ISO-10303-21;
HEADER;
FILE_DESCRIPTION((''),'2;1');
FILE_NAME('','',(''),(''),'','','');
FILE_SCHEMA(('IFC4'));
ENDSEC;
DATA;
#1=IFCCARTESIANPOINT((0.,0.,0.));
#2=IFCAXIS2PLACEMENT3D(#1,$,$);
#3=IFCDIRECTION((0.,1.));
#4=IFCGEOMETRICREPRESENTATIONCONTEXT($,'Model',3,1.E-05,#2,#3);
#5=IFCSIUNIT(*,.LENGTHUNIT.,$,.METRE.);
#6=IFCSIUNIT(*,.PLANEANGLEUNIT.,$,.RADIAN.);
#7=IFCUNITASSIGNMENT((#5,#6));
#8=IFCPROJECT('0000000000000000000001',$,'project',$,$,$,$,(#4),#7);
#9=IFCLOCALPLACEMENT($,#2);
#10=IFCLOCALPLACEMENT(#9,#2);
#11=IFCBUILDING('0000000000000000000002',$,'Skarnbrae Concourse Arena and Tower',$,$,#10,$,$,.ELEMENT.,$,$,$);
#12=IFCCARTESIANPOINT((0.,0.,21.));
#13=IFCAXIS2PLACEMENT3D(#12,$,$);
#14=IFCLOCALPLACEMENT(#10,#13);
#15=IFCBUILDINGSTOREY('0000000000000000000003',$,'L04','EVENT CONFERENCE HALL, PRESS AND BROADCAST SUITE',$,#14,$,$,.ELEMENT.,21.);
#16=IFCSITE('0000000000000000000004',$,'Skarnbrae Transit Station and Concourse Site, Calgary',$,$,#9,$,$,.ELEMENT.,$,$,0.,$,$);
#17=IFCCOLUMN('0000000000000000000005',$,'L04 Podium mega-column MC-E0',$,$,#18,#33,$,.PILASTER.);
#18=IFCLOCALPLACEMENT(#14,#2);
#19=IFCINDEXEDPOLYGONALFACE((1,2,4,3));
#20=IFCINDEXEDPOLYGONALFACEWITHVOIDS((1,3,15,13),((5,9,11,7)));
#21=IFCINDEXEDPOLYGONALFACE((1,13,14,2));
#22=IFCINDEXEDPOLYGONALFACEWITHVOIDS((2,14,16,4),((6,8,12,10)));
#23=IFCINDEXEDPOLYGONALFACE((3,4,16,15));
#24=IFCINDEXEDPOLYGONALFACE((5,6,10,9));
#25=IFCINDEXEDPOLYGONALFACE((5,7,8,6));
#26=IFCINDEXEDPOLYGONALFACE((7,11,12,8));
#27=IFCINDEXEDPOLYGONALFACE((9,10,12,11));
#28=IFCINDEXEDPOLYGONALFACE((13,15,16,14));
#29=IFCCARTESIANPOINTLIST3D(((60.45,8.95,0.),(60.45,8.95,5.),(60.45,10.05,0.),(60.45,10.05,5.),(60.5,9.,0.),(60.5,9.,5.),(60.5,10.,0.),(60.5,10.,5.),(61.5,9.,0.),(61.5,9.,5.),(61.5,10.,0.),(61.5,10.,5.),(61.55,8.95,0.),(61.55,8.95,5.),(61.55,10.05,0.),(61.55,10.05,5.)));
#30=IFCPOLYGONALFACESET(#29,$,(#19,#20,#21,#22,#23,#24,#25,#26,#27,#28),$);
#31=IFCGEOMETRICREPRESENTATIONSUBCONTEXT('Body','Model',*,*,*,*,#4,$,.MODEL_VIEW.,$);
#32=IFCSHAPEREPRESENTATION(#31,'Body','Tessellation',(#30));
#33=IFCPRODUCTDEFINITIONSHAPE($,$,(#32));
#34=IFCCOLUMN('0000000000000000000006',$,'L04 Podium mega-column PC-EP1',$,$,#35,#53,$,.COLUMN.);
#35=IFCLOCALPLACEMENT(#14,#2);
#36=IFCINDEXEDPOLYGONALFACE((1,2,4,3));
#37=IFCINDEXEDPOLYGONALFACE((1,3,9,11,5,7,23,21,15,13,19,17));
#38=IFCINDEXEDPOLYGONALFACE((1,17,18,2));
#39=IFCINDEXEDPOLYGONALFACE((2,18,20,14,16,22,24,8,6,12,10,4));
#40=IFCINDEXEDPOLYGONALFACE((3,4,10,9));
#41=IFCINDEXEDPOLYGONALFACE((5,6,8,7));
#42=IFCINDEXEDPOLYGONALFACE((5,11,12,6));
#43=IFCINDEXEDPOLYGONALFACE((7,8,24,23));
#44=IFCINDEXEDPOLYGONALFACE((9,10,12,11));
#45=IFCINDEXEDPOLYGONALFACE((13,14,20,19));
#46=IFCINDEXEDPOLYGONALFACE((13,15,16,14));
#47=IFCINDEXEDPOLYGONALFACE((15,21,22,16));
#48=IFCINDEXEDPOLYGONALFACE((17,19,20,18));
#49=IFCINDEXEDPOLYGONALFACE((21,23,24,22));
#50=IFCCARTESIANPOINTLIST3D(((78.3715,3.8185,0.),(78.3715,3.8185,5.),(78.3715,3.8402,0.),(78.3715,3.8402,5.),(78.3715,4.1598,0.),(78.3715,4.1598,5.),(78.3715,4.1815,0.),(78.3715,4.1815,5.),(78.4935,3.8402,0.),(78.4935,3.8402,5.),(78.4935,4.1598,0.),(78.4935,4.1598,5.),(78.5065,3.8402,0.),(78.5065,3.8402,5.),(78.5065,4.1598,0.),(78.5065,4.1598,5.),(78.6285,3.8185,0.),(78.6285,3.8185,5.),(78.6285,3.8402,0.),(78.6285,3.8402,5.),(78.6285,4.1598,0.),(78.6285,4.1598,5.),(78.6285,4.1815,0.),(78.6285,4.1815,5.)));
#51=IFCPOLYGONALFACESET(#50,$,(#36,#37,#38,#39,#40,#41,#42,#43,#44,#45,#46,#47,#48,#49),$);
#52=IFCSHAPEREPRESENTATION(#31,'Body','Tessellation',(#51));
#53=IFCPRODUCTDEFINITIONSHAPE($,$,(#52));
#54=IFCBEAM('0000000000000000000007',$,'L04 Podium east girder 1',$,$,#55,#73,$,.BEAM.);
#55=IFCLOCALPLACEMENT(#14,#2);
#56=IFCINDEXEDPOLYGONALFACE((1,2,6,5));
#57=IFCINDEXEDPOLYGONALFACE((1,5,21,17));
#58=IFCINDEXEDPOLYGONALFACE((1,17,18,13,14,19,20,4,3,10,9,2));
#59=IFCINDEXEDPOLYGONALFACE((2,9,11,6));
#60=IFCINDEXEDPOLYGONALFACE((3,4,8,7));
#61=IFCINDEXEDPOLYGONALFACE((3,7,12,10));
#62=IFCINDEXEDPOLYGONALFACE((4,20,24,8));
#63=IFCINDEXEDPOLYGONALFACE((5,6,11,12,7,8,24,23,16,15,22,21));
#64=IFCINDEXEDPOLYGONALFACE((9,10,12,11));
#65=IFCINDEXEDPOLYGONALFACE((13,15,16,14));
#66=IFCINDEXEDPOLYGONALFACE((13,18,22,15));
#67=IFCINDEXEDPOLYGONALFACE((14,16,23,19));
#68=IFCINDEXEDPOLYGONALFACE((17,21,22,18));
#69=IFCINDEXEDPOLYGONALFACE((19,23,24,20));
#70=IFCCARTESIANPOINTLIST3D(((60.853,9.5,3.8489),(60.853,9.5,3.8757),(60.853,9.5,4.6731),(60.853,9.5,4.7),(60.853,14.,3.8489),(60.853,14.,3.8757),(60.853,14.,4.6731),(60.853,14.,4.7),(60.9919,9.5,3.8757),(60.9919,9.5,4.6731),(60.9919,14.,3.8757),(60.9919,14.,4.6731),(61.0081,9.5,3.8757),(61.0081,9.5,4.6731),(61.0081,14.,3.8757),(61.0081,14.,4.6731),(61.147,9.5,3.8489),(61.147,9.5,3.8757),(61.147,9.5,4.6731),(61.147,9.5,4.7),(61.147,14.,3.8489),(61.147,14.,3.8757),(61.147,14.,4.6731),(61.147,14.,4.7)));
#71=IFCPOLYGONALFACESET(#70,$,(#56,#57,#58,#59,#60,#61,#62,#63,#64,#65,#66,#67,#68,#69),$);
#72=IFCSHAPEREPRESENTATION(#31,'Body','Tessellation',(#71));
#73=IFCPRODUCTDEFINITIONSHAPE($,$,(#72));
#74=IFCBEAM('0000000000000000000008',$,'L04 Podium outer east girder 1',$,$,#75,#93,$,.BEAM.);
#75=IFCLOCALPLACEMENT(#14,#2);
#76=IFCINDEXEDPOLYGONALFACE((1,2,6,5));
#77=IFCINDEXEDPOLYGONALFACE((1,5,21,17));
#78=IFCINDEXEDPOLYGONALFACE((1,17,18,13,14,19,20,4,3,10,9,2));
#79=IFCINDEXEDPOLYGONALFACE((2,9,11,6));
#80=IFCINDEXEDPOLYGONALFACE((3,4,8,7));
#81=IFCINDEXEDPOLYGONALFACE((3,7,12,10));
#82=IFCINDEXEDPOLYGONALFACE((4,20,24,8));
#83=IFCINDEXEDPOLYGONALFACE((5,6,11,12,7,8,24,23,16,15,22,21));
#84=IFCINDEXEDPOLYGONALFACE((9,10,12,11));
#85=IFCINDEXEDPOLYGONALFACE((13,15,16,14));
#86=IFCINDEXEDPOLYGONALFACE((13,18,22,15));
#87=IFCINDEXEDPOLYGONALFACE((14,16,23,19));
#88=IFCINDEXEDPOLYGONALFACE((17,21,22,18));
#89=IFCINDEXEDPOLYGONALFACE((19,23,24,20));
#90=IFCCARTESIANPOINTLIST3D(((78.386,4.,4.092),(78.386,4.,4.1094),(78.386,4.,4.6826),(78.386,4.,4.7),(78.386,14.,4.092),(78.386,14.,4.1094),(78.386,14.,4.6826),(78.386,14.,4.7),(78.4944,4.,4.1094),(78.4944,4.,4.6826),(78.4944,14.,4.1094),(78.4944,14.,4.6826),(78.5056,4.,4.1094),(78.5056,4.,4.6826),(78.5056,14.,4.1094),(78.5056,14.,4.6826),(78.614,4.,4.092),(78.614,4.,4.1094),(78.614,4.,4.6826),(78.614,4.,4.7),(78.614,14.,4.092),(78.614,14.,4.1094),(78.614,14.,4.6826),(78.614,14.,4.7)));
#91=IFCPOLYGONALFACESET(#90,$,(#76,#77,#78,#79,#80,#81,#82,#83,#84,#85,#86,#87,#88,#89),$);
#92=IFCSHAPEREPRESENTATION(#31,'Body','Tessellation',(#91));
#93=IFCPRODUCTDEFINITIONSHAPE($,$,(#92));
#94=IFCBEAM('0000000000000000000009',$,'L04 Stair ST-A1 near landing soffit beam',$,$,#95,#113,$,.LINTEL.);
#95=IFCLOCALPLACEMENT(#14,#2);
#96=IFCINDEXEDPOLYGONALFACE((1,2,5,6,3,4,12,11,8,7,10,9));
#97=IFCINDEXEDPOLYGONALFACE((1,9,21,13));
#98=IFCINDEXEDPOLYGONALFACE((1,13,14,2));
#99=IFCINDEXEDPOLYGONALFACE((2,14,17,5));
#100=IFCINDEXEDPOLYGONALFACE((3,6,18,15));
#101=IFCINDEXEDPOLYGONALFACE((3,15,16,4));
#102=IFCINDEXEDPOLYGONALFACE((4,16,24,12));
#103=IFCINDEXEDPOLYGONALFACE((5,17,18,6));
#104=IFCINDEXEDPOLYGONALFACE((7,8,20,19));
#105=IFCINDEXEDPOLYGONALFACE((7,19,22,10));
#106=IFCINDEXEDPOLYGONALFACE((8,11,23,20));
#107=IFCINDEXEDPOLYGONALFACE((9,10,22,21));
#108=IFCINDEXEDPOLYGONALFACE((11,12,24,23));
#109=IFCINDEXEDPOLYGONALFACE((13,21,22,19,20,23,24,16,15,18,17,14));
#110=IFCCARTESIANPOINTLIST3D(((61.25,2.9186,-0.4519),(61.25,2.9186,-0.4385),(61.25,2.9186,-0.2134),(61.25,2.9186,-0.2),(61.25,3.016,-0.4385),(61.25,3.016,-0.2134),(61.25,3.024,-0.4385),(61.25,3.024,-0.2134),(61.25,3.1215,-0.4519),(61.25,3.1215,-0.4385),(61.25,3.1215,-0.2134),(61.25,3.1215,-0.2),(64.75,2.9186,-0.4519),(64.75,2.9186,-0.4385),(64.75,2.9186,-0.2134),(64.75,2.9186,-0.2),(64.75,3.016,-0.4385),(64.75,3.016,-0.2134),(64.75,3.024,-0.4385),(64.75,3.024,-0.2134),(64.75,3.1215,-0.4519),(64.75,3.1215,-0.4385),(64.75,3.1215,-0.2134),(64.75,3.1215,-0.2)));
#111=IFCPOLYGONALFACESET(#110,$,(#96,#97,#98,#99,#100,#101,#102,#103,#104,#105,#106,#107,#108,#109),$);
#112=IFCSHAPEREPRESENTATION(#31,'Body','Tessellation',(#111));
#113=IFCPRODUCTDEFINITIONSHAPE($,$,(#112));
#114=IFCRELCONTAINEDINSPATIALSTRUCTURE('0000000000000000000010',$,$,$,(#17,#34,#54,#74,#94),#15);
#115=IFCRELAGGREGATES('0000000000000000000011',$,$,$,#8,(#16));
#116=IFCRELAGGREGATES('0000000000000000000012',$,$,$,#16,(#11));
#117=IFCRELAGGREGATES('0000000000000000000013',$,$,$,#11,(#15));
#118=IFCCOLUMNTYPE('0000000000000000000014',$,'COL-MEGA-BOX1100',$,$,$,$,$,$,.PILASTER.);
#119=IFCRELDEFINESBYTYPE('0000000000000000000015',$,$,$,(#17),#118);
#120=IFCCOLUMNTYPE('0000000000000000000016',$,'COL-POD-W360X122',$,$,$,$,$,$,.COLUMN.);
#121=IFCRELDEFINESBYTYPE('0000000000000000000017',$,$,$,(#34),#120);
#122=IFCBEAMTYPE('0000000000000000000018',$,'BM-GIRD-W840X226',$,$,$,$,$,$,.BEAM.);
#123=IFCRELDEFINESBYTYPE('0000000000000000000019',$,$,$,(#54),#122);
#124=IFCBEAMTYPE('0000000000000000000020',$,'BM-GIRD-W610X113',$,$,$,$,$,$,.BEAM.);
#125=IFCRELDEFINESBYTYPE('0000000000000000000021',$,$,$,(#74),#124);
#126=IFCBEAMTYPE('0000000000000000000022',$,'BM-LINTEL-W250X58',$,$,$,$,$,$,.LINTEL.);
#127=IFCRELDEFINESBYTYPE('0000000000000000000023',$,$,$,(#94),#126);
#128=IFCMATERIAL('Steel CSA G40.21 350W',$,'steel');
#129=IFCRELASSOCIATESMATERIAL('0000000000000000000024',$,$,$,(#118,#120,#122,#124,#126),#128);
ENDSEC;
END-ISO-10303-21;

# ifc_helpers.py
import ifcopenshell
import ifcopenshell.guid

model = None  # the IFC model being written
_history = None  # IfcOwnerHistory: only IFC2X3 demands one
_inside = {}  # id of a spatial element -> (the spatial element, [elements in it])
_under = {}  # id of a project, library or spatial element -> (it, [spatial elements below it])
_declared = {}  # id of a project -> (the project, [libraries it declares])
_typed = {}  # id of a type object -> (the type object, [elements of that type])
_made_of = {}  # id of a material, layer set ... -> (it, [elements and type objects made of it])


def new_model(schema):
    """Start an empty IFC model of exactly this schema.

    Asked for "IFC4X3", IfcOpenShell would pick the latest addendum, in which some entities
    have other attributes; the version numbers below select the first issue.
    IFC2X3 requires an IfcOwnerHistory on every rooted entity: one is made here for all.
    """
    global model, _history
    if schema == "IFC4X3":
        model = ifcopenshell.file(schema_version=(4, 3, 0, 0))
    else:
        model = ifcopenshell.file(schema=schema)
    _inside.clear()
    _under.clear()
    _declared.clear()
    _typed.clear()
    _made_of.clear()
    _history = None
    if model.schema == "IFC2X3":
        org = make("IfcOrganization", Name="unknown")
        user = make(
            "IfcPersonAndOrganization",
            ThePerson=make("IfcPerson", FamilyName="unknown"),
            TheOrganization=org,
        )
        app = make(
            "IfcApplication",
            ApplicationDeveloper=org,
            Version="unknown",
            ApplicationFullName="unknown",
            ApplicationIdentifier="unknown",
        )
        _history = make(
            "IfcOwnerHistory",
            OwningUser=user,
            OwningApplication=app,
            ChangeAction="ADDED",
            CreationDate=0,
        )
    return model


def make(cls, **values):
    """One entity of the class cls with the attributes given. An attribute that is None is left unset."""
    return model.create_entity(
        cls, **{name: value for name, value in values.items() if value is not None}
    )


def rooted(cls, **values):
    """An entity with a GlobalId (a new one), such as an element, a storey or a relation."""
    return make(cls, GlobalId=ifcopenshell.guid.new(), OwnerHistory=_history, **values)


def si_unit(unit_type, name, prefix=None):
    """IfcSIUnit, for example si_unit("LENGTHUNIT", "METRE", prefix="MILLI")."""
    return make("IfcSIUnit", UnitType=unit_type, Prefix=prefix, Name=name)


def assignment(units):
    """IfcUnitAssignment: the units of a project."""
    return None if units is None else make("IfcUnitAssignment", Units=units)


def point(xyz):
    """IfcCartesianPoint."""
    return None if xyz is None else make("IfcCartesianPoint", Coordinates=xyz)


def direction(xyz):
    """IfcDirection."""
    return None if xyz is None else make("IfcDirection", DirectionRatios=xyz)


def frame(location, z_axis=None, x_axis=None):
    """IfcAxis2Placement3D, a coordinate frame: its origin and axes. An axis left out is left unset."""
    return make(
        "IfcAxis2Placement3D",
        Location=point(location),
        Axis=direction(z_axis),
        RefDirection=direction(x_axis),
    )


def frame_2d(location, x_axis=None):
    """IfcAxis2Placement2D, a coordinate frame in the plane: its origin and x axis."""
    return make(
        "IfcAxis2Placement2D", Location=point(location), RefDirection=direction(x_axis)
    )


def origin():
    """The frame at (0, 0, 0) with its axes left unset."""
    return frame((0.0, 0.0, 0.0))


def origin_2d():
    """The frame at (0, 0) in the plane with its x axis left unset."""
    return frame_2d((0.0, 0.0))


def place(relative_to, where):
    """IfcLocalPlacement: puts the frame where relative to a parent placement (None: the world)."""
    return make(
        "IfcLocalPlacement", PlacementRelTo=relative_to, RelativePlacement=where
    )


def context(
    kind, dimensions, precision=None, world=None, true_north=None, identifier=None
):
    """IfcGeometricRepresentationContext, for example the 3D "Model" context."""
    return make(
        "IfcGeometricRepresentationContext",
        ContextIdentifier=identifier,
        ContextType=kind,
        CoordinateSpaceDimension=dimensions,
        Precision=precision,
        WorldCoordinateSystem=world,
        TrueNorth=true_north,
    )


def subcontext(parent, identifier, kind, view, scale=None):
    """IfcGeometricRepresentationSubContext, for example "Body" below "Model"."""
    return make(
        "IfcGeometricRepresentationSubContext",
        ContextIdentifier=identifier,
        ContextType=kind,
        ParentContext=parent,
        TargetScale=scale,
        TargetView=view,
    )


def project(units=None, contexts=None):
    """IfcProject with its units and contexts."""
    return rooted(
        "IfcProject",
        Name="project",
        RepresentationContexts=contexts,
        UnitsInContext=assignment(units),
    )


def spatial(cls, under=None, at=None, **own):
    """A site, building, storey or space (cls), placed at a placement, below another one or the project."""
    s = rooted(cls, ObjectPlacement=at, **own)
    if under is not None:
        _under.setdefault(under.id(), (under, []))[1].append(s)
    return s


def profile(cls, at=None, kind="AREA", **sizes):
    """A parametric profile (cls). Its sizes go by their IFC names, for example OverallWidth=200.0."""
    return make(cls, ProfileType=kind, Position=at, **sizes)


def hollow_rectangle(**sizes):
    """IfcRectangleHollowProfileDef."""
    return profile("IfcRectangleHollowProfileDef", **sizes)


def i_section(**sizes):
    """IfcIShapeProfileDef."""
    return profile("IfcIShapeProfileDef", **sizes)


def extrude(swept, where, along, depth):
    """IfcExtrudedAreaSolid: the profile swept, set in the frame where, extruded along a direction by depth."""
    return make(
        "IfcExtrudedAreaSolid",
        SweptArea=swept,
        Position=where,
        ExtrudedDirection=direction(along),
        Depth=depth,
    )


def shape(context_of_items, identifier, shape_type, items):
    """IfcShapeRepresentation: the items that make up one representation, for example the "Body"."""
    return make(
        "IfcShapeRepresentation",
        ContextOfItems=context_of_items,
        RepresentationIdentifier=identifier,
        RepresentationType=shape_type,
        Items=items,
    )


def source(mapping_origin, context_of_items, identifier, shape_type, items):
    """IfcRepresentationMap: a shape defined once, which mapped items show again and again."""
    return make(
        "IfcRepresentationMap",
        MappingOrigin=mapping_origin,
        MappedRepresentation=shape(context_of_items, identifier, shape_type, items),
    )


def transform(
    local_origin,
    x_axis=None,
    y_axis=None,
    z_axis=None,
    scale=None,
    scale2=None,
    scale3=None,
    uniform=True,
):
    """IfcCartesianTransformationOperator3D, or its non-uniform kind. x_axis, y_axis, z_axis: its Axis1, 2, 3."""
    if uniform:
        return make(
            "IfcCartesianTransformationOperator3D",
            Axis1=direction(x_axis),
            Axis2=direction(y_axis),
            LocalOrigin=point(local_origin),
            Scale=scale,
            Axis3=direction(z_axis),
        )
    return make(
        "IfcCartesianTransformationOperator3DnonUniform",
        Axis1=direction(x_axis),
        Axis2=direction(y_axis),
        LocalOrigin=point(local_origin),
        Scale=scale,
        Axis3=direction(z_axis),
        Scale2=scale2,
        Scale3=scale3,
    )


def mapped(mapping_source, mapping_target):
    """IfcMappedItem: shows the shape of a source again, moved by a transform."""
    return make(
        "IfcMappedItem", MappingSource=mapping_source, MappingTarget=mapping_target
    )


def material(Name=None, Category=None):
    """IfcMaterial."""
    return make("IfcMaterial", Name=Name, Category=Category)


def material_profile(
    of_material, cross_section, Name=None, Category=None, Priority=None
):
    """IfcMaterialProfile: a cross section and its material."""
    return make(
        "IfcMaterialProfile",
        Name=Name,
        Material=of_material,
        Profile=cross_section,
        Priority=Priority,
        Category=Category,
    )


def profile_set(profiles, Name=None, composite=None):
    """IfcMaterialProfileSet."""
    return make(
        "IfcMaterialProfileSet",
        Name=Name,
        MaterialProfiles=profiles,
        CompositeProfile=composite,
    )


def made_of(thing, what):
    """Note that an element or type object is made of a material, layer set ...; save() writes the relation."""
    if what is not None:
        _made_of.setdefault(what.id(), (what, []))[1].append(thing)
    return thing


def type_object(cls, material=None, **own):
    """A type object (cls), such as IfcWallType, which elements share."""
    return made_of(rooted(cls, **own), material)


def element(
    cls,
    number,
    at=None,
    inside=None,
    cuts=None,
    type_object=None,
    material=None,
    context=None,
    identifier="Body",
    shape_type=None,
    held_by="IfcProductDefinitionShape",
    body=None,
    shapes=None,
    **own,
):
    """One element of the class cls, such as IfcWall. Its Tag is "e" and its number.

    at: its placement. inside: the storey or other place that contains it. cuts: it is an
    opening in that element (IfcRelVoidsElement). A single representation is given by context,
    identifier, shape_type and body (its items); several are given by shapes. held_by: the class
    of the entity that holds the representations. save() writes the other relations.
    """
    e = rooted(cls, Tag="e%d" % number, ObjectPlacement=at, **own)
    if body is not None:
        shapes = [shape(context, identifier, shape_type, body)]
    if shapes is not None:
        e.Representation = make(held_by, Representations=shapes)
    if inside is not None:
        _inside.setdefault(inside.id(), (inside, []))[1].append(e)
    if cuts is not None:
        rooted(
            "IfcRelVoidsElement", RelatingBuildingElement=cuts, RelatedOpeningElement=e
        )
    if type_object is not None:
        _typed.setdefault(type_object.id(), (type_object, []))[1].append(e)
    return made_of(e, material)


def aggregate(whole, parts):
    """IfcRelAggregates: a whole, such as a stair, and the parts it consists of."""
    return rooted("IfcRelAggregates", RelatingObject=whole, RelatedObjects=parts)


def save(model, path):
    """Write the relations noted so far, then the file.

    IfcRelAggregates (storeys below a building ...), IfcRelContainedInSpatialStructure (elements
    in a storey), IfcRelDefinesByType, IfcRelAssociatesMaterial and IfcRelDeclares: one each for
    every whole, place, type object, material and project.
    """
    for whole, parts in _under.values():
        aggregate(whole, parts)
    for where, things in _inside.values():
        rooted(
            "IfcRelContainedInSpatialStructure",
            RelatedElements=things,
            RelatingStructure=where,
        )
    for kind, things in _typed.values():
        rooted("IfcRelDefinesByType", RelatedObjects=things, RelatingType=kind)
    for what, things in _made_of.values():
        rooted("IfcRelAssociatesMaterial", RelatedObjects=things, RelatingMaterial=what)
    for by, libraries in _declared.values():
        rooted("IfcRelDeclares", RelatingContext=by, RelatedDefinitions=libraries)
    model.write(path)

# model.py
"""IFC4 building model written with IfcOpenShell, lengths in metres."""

from ifc_helpers import new_model, si_unit, direction, frame, origin, origin_2d, place, context, subcontext, project, spatial, hollow_rectangle, i_section, extrude, source, transform, mapped, material, material_profile, profile_set, type_object, element, save


model = new_model("IFC4")

# Units and contexts
model_context = context("Model", 3, precision=1e-05, world=origin(), true_north=direction((0.0, 1.0)))
body_context = subcontext(model_context, "Body", "Model", "MODEL_VIEW")
ifc_project = project(units=[si_unit("LENGTHUNIT", "METRE"), si_unit("PLANEANGLEUNIT", "RADIAN")], contexts=[model_context])

# Site, building, storey
site_placement = place(None, origin())
site = spatial("IfcSite", under=ifc_project, at=site_placement, Name="Skarnbrae Transit Station and Concourse Site, Calgary", CompositionType="ELEMENT", RefElevation=0.0)
building_placement = place(site_placement, origin())
building = spatial("IfcBuilding", under=site, at=building_placement, Name="Skarnbrae Concourse Arena and Tower", CompositionType="ELEMENT")
storey_placement = place(building_placement, frame((0.0, 0.0, 21.0)))
storey = spatial("IfcBuildingStorey", under=building, at=storey_placement, Name="L04", Description="EVENT CONFERENCE HALL, PRESS AND BROADCAST SUITE", CompositionType="ELEMENT", Elevation=21.0)

# Columns
ifc_material_1 = material(Name="Steel CSA G40.21 350W", Category="steel")
ifc_material_profile_1 = material_profile(ifc_material_1, hollow_rectangle(XDim=1.1001, YDim=1.1001, WallThickness=0.05, at=origin_2d()), Name="BOX1100X1100X50")
ifc_profile_set_1 = profile_set([ifc_material_profile_1], Name="Steel CSA G40.21 350W")
column_type_1 = type_object("IfcColumnType", Name="COL-MEGA-BOX1100", PredefinedType="PILASTER", material=ifc_profile_set_1)
shared_shape_1 = source(origin(), body_context, "Body", "SweptSolid", [
    extrude(hollow_rectangle(XDim=1.1001, YDim=1.1001, WallThickness=0.05, at=origin_2d()), origin(), (0.0, 0.0, 1.0), 5.0),
])
column_1_placement = place(storey_placement, frame((61.0, 9.5, 0.0), z_axis=(0.0, 0.0, 1.0), x_axis=(1.0, 0.0, 0.0)))
element("IfcColumn", 1, at=column_1_placement, inside=storey, type_object=column_type_1, Name="L04 Podium mega-column MC-E0", PredefinedType="PILASTER", context=body_context, shape_type="MappedRepresentation", body=[
    mapped(shared_shape_1, transform((0.0, 0.0, 0.0))),
])
ifc_material_profile_2 = material_profile(ifc_material_1, i_section(OverallWidth=0.2571, OverallDepth=0.363, WebThickness=0.0129, FlangeThickness=0.0217, at=origin_2d()), Name="W360X122")
ifc_profile_set_2 = profile_set([ifc_material_profile_2], Name="Steel CSA G40.21 350W")
column_type_2 = type_object("IfcColumnType", Name="COL-POD-W360X122", PredefinedType="COLUMN", material=ifc_profile_set_2)
shared_shape_2 = source(origin(), body_context, "Body", "SweptSolid", [
    extrude(i_section(OverallWidth=0.2571, OverallDepth=0.363, WebThickness=0.0129, FlangeThickness=0.0217, at=origin_2d()), origin(), (0.0, 0.0, 1.0), 5.0),
])
column_2_placement = place(storey_placement, frame((78.5, 4.0, 0.0), z_axis=(0.0, 0.0, 1.0), x_axis=(1.0, 0.0, 0.0)))
element("IfcColumn", 2, at=column_2_placement, inside=storey, type_object=column_type_2, Name="L04 Podium mega-column PC-EP1", PredefinedType="COLUMN", context=body_context, shape_type="MappedRepresentation", body=[
    mapped(shared_shape_2, transform((0.0, 0.0, 0.0))),
])

# Beams
ifc_material_profile_3 = material_profile(ifc_material_1, i_section(OverallWidth=0.2939, OverallDepth=0.8511, WebThickness=0.0161, FlangeThickness=0.0269, at=origin_2d()), Name="W840X226")
ifc_profile_set_3 = profile_set([ifc_material_profile_3], Name="Steel CSA G40.21 350W")
beam_type_1 = type_object("IfcBeamType", Name="BM-GIRD-W840X226", PredefinedType="BEAM", material=ifc_profile_set_3)
shared_shape_3 = source(origin(), body_context, "Body", "SweptSolid", [
    extrude(i_section(OverallWidth=0.2939, OverallDepth=0.8511, WebThickness=0.0161, FlangeThickness=0.0269, at=origin_2d()), origin(), (0.0, 0.0, 1.0), 4.5),
])
beam_1_placement = place(storey_placement, frame((61.0, 9.5, 4.2744), z_axis=(0.0, 1.0, 0.0), x_axis=(-1.0, 0.0, 0.0)))
element("IfcBeam", 3, at=beam_1_placement, inside=storey, type_object=beam_type_1, Name="L04 Podium east girder 1", PredefinedType="BEAM", context=body_context, shape_type="MappedRepresentation", body=[
    mapped(shared_shape_3, transform((0.0, 0.0, 0.0))),
])
ifc_material_profile_4 = material_profile(ifc_material_1, i_section(OverallWidth=0.228, OverallDepth=0.6079, WebThickness=0.0112, FlangeThickness=0.0173, at=origin_2d()), Name="W610X113")
ifc_profile_set_4 = profile_set([ifc_material_profile_4], Name="Steel CSA G40.21 350W")
beam_type_2 = type_object("IfcBeamType", Name="BM-GIRD-W610X113", PredefinedType="BEAM", material=ifc_profile_set_4)
shared_shape_4 = source(origin(), body_context, "Body", "SweptSolid", [
    extrude(i_section(OverallWidth=0.228, OverallDepth=0.6079, WebThickness=0.0112, FlangeThickness=0.0173, at=origin_2d()), origin(), (0.0, 0.0, 1.0), 10.0),
])
beam_2_placement = place(storey_placement, frame((78.5, 4.0, 4.396), z_axis=(0.0, 1.0, 0.0), x_axis=(-1.0, 0.0, 0.0)))
element("IfcBeam", 4, at=beam_2_placement, inside=storey, type_object=beam_type_2, Name="L04 Podium outer east girder 1", PredefinedType="BEAM", context=body_context, shape_type="MappedRepresentation", body=[
    mapped(shared_shape_4, transform((0.0, 0.0, 0.0))),
])
ifc_material_profile_5 = material_profile(ifc_material_1, i_section(OverallWidth=0.2029, OverallDepth=0.252, WebThickness=0.0081, FlangeThickness=0.0134, at=origin_2d()), Name="W250X58")
ifc_profile_set_5 = profile_set([ifc_material_profile_5], Name="Steel CSA G40.21 350W")
beam_type_3 = type_object("IfcBeamType", Name="BM-LINTEL-W250X58", PredefinedType="LINTEL", material=ifc_profile_set_5)
shared_shape_5 = source(origin(), body_context, "Body", "SweptSolid", [
    extrude(i_section(OverallWidth=0.2029, OverallDepth=0.252, WebThickness=0.0081, FlangeThickness=0.0134, at=origin_2d()), origin(), (0.0, 0.0, 1.0), 3.5),
])
beam_3_placement = place(storey_placement, frame((64.75, 3.02, -0.3259), z_axis=(-1.0, 0.0, 0.0), x_axis=(0.0, -1.0, 0.0)))
element("IfcBeam", 5, at=beam_3_placement, inside=storey, type_object=beam_type_3, Name="L04 Stair ST-A1 near landing soffit beam", PredefinedType="LINTEL", context=body_context, shape_type="MappedRepresentation", body=[
    mapped(shared_shape_5, transform((0.0, 0.0, 0.0))),
])

save(model, "model.ifc")
